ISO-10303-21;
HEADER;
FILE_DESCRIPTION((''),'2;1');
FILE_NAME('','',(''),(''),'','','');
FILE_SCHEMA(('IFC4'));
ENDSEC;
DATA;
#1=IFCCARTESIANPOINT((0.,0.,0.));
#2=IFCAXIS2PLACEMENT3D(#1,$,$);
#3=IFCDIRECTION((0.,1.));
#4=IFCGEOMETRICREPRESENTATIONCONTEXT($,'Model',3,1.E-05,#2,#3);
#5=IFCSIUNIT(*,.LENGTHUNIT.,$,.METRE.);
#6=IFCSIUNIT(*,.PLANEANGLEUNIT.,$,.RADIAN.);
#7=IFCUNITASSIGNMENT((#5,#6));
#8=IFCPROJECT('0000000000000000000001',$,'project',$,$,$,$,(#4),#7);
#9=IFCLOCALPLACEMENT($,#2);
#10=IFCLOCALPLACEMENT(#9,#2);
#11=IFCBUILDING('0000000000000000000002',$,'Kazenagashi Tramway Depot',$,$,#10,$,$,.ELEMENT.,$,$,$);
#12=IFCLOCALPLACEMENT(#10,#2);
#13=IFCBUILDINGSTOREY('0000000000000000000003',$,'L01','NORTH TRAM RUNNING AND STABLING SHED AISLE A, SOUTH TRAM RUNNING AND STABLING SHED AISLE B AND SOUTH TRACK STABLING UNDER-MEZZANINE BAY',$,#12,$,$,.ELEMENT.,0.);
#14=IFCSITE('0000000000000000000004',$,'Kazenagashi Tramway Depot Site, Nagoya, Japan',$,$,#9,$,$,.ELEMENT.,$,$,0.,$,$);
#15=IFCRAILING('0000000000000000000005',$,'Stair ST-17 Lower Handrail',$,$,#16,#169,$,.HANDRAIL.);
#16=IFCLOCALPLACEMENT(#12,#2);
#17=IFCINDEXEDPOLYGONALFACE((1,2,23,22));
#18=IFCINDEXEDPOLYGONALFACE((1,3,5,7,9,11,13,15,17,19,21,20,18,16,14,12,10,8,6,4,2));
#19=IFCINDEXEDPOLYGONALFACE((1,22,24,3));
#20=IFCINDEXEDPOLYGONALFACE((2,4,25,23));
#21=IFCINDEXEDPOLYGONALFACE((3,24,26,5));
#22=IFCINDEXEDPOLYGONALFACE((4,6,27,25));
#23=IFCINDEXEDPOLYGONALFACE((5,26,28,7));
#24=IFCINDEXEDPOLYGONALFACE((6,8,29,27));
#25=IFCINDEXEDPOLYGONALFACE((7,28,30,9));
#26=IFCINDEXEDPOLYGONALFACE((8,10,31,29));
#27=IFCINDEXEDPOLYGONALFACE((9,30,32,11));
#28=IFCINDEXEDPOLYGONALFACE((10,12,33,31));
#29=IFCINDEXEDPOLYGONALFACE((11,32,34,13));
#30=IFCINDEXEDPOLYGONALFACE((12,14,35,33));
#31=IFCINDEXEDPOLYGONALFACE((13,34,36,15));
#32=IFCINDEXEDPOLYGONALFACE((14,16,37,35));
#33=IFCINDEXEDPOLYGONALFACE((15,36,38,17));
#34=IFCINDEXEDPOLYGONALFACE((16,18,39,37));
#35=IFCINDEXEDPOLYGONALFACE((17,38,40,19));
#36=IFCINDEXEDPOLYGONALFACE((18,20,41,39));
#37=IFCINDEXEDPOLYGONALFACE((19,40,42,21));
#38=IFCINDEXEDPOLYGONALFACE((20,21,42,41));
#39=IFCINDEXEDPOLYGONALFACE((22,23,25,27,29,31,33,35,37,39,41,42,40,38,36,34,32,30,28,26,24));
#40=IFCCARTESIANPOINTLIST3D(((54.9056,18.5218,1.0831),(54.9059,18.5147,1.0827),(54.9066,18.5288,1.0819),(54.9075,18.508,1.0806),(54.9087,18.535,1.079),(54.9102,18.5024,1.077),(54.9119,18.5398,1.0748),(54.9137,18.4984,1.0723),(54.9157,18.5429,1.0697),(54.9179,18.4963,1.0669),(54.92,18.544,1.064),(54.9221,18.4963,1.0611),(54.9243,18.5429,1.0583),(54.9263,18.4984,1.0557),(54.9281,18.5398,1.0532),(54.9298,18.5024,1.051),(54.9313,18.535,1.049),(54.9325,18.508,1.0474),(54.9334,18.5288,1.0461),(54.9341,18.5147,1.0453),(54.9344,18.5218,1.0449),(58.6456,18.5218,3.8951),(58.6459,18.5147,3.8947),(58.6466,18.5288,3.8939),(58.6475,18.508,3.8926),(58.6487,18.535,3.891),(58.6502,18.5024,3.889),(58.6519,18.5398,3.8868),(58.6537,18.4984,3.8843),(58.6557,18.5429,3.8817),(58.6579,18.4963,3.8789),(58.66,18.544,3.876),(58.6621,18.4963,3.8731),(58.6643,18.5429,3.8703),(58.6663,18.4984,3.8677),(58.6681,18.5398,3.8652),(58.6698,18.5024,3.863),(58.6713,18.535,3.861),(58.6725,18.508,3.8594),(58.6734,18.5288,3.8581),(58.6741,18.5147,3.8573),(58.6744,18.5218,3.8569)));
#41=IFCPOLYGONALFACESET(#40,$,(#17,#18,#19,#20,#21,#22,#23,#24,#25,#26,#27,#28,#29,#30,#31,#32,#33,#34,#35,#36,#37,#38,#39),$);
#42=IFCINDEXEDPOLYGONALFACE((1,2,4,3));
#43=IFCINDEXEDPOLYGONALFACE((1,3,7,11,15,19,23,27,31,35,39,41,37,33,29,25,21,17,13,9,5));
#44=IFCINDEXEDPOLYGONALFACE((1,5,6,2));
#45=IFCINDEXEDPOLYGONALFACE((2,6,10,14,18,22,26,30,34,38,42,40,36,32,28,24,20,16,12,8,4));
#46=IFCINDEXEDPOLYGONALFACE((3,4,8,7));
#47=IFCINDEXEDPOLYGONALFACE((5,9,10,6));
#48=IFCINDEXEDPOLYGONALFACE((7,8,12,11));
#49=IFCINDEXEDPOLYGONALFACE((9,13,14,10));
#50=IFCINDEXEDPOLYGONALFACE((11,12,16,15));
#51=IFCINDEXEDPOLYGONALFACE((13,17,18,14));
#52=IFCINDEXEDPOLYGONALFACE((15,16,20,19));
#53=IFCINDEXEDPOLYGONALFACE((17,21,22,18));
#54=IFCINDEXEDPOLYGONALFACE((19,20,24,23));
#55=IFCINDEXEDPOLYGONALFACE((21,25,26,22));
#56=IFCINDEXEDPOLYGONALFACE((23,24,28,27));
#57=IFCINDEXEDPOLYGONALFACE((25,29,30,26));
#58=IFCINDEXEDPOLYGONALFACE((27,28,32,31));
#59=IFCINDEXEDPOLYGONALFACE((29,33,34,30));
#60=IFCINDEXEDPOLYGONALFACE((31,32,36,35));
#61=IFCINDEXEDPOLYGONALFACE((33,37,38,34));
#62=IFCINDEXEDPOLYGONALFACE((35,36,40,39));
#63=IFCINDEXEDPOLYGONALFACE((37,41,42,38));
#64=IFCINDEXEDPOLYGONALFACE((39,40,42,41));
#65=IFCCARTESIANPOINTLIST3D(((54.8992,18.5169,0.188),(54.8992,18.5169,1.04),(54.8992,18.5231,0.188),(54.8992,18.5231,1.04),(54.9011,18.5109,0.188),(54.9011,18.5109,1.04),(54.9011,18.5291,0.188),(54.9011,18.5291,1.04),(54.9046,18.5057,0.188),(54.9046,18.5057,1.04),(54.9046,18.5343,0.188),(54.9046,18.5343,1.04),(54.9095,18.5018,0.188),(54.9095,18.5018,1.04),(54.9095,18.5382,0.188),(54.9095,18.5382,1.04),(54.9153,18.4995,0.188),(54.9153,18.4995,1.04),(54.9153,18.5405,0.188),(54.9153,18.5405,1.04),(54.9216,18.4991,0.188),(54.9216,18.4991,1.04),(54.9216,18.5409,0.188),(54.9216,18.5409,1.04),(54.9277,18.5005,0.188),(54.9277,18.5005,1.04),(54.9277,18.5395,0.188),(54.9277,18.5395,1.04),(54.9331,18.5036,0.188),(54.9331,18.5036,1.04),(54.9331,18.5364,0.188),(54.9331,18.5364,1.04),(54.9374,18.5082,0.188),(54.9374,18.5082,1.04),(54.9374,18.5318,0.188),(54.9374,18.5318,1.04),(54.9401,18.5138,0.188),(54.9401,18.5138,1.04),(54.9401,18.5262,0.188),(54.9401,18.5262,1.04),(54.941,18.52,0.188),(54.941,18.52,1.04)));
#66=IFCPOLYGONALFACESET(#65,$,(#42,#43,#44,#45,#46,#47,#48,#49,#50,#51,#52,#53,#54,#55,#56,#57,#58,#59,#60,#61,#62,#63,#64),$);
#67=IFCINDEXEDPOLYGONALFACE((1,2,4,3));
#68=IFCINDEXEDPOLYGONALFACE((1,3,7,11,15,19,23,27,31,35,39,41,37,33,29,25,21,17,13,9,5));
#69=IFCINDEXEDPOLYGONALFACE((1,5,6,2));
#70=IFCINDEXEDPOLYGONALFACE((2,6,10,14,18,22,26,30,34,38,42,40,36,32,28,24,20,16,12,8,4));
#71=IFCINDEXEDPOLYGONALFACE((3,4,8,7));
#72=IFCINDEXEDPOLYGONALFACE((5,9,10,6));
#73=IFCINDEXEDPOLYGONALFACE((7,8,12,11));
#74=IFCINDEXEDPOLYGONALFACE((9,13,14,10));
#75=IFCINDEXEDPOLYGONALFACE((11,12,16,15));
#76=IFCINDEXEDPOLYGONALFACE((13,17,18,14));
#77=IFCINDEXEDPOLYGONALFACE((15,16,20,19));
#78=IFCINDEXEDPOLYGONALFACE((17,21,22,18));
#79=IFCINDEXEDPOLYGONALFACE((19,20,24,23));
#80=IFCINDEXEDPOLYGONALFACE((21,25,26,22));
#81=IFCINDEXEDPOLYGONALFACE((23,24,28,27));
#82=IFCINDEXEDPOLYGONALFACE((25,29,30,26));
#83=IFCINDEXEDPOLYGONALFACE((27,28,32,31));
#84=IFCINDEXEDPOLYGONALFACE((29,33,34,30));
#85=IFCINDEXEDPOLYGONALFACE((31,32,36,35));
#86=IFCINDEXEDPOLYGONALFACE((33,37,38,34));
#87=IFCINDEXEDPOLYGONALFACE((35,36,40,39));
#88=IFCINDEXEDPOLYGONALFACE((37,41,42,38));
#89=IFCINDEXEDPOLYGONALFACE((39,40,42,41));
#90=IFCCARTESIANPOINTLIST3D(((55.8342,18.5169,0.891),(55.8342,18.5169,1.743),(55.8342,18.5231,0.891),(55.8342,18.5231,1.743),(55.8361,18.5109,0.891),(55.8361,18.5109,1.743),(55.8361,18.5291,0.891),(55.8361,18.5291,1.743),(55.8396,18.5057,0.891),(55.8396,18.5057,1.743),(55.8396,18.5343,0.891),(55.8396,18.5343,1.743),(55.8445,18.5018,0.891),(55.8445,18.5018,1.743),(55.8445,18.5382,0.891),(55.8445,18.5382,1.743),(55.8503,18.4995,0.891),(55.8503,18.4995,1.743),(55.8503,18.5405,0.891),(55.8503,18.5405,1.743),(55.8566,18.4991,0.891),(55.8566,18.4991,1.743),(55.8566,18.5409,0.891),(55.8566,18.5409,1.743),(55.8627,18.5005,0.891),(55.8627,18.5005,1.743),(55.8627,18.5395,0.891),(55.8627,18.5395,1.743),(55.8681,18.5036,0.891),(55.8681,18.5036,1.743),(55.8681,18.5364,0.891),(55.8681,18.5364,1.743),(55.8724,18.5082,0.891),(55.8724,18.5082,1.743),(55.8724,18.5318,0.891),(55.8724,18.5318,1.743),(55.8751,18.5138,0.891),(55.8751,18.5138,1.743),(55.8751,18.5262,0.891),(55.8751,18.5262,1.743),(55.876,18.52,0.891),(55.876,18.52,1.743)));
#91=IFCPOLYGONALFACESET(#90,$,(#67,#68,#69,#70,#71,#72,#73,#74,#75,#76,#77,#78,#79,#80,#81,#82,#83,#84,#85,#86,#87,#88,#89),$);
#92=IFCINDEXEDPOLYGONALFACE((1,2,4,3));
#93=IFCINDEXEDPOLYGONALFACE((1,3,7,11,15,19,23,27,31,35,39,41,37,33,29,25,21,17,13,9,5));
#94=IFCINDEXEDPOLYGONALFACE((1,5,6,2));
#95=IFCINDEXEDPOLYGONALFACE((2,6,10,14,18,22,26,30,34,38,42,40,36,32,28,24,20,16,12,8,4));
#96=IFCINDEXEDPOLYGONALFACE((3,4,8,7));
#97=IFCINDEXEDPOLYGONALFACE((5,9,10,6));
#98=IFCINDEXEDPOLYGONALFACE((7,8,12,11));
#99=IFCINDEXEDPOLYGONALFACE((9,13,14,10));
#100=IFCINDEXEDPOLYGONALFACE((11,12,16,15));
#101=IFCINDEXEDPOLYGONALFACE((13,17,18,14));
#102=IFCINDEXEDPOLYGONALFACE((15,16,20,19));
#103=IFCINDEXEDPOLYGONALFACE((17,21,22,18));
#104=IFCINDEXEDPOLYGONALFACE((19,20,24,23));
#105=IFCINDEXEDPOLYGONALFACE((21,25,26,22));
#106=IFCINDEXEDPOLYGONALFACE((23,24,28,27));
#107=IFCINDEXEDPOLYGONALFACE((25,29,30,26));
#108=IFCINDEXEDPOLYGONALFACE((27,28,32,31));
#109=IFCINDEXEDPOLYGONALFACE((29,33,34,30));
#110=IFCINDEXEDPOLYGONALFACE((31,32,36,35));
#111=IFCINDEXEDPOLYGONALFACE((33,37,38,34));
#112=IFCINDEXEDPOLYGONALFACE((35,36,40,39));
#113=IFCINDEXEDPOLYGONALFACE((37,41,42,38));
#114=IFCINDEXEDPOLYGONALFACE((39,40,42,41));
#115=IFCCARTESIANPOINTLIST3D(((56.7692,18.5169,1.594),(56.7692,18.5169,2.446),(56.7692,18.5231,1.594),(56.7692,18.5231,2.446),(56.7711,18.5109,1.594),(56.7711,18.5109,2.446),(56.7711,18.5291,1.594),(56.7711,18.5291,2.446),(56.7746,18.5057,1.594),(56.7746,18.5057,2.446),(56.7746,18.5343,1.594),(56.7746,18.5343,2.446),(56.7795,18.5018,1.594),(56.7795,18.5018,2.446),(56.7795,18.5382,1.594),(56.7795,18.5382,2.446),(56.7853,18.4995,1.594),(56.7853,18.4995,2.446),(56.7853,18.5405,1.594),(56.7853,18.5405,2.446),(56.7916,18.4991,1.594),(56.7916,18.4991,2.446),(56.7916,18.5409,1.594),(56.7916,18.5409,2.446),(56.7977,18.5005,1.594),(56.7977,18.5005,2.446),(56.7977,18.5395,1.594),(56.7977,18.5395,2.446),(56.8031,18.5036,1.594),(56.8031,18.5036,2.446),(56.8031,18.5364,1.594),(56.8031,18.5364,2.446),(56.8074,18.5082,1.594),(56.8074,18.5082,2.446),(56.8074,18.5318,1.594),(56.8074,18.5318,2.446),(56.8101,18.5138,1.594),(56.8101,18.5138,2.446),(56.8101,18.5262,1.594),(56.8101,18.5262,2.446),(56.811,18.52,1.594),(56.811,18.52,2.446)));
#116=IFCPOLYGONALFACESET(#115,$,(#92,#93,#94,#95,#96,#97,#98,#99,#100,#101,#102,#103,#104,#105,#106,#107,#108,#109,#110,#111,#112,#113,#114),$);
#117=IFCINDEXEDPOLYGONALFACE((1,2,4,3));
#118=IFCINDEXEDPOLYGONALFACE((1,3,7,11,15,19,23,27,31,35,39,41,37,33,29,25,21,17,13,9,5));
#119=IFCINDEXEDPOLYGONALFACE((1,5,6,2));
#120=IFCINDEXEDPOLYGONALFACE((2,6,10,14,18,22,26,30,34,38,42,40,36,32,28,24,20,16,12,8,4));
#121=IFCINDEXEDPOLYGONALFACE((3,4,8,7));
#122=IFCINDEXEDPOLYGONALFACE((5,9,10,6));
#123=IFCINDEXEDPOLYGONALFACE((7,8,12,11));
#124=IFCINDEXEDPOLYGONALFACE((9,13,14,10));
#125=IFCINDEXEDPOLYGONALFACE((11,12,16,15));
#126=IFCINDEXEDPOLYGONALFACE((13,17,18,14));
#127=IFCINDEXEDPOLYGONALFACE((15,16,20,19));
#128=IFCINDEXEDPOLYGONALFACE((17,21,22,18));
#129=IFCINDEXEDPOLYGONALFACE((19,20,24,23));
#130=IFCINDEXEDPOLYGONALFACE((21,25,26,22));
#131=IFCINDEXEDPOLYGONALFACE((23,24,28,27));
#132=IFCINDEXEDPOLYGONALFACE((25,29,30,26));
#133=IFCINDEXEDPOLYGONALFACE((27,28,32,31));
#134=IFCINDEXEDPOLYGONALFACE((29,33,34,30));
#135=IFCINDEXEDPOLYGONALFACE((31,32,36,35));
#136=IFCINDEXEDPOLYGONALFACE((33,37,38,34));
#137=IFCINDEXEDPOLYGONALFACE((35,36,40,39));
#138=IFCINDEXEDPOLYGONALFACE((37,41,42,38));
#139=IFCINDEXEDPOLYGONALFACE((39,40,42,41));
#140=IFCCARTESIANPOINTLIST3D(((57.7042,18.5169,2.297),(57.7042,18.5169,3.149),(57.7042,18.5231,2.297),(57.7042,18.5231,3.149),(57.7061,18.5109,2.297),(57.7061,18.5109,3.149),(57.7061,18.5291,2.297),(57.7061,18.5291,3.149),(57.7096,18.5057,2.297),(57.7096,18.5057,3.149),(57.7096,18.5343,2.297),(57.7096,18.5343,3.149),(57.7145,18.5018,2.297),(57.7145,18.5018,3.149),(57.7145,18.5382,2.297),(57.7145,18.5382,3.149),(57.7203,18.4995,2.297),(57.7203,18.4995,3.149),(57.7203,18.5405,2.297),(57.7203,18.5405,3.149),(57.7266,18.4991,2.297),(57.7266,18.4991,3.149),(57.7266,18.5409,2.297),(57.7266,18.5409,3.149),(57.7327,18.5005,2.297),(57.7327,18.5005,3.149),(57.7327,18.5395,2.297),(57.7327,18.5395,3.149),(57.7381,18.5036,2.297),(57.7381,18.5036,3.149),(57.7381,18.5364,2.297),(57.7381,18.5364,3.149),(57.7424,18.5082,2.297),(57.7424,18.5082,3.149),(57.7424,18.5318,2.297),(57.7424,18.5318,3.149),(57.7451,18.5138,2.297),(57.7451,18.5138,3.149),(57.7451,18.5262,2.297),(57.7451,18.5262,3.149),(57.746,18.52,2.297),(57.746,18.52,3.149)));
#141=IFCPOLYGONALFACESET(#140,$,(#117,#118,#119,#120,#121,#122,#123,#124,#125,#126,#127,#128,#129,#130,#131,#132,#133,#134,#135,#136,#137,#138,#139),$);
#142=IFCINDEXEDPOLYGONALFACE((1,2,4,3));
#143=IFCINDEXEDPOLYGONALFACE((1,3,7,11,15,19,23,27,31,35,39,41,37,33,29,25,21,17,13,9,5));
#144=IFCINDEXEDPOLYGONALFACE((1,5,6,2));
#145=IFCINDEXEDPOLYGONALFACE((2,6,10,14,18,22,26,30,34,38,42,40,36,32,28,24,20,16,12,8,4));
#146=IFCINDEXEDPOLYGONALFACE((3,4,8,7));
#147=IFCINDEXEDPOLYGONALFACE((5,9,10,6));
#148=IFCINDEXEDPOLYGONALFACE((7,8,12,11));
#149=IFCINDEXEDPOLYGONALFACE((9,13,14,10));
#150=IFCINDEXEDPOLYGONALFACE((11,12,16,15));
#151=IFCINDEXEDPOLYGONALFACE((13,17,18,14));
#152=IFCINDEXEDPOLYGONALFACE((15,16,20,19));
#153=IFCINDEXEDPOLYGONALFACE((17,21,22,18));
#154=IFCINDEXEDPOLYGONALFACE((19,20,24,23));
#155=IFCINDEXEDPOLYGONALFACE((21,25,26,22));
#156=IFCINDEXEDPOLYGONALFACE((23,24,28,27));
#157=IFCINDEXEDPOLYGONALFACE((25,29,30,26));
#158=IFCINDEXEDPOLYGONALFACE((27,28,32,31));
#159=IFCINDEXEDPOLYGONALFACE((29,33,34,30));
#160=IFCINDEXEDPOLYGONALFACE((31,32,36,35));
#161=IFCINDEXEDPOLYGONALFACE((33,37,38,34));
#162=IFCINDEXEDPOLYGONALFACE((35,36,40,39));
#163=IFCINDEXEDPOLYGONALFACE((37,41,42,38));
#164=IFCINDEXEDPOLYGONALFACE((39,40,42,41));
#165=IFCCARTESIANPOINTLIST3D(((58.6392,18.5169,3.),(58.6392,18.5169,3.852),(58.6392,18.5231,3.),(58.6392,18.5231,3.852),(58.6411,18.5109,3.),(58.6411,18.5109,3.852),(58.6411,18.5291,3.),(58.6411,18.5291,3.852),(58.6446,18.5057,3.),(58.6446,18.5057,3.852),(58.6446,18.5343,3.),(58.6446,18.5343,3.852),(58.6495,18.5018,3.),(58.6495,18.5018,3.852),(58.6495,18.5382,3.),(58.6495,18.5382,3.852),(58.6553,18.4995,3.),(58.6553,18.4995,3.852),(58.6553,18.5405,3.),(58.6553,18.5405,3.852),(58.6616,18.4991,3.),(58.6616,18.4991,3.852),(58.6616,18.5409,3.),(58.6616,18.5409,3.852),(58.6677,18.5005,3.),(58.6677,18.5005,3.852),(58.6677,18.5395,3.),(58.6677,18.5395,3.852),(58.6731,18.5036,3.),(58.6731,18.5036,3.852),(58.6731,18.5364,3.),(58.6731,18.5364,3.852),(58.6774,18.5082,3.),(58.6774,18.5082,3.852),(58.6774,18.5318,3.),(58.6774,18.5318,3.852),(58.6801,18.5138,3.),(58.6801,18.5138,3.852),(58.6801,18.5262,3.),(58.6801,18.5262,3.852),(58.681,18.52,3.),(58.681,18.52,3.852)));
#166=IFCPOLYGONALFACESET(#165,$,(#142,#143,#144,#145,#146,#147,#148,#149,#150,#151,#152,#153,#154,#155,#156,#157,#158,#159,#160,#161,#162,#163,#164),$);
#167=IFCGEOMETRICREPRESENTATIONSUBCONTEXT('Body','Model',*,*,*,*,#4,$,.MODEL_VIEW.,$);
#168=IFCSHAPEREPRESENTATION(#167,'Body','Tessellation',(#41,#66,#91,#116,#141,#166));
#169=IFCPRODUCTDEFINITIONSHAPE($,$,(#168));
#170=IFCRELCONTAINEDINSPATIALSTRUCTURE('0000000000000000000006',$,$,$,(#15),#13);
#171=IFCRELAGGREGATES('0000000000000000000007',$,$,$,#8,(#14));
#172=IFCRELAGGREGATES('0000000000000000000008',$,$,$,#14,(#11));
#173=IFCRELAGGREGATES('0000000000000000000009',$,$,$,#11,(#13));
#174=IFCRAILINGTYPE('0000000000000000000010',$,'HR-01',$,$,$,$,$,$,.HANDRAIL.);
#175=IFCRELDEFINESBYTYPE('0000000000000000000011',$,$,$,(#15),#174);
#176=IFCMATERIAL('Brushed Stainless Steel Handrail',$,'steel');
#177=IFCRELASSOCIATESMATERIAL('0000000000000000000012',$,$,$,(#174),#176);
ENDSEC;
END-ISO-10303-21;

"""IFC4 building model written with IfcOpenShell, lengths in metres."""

from ifc_helpers import new_model, si_unit, direction, frame, origin, origin_2d, place, context, subcontext, project, spatial, circle, extrude, material, type_object, element, save


model = new_model("IFC4")

# Units and contexts
model_context = context("Model", 3, precision=1e-05, world=origin(), true_north=direction((0.0, 1.0)))
body_context = subcontext(model_context, "Body", "Model", "MODEL_VIEW")
ifc_project = project(units=[si_unit("LENGTHUNIT", "METRE"), si_unit("PLANEANGLEUNIT", "RADIAN")], contexts=[model_context])

# Site, building, storey
site_placement = place(None, origin())
site = spatial("IfcSite", under=ifc_project, at=site_placement, Name="Kazenagashi Tramway Depot Site, Nagoya, Japan", CompositionType="ELEMENT", RefElevation=0.0)
building_placement = place(site_placement, origin())
building = spatial("IfcBuilding", under=site, at=building_placement, Name="Kazenagashi Tramway Depot", CompositionType="ELEMENT")
storey_placement = place(building_placement, origin())
storey = spatial("IfcBuildingStorey", under=building, at=storey_placement, Name="L01", Description="NORTH TRAM RUNNING AND STABLING SHED AISLE A, SOUTH TRAM RUNNING AND STABLING SHED AISLE B AND SOUTH TRACK STABLING UNDER-MEZZANINE BAY", CompositionType="ELEMENT", Elevation=0.0)

# Railing
ifc_material_1 = material(Name="Brushed Stainless Steel Handrail", Category="steel")
railing_type_1 = type_object("IfcRailingType", Name="HR-01", PredefinedType="HANDRAIL", material=ifc_material_1)
railing_1_placement = place(storey_placement, frame((54.92, 18.52, 0.188)))
element("IfcRailing", 1, at=railing_1_placement, inside=storey, type_object=railing_type_1, Name="Stair ST-17 Lower Handrail", PredefinedType="HANDRAIL", context=body_context, shape_type="SweptSolid", body=[
    extrude(circle(Radius=0.024, at=origin_2d()), frame((0.0, 0.0, 0.876), z_axis=(0.799281, 0.0, 0.600957), x_axis=(0.0, 1.0, 0.0)), (0.0, 0.0, 1.0), 4.6792),
    extrude(circle(Radius=0.021, at=origin_2d()), origin(), (0.0, 0.0, 1.0), 0.852),
    extrude(circle(Radius=0.021, at=origin_2d()), frame((0.935, 0.0, 0.703)), (0.0, 0.0, 1.0), 0.852),
    extrude(circle(Radius=0.021, at=origin_2d()), frame((1.87, 0.0, 1.406)), (0.0, 0.0, 1.0), 0.852),
    extrude(circle(Radius=0.021, at=origin_2d()), frame((2.805, 0.0, 2.109)), (0.0, 0.0, 1.0), 0.852),
    extrude(circle(Radius=0.021, at=origin_2d()), frame((3.74, 0.0, 2.812)), (0.0, 0.0, 1.0), 0.852),
])

save(model, "model.ifc")
